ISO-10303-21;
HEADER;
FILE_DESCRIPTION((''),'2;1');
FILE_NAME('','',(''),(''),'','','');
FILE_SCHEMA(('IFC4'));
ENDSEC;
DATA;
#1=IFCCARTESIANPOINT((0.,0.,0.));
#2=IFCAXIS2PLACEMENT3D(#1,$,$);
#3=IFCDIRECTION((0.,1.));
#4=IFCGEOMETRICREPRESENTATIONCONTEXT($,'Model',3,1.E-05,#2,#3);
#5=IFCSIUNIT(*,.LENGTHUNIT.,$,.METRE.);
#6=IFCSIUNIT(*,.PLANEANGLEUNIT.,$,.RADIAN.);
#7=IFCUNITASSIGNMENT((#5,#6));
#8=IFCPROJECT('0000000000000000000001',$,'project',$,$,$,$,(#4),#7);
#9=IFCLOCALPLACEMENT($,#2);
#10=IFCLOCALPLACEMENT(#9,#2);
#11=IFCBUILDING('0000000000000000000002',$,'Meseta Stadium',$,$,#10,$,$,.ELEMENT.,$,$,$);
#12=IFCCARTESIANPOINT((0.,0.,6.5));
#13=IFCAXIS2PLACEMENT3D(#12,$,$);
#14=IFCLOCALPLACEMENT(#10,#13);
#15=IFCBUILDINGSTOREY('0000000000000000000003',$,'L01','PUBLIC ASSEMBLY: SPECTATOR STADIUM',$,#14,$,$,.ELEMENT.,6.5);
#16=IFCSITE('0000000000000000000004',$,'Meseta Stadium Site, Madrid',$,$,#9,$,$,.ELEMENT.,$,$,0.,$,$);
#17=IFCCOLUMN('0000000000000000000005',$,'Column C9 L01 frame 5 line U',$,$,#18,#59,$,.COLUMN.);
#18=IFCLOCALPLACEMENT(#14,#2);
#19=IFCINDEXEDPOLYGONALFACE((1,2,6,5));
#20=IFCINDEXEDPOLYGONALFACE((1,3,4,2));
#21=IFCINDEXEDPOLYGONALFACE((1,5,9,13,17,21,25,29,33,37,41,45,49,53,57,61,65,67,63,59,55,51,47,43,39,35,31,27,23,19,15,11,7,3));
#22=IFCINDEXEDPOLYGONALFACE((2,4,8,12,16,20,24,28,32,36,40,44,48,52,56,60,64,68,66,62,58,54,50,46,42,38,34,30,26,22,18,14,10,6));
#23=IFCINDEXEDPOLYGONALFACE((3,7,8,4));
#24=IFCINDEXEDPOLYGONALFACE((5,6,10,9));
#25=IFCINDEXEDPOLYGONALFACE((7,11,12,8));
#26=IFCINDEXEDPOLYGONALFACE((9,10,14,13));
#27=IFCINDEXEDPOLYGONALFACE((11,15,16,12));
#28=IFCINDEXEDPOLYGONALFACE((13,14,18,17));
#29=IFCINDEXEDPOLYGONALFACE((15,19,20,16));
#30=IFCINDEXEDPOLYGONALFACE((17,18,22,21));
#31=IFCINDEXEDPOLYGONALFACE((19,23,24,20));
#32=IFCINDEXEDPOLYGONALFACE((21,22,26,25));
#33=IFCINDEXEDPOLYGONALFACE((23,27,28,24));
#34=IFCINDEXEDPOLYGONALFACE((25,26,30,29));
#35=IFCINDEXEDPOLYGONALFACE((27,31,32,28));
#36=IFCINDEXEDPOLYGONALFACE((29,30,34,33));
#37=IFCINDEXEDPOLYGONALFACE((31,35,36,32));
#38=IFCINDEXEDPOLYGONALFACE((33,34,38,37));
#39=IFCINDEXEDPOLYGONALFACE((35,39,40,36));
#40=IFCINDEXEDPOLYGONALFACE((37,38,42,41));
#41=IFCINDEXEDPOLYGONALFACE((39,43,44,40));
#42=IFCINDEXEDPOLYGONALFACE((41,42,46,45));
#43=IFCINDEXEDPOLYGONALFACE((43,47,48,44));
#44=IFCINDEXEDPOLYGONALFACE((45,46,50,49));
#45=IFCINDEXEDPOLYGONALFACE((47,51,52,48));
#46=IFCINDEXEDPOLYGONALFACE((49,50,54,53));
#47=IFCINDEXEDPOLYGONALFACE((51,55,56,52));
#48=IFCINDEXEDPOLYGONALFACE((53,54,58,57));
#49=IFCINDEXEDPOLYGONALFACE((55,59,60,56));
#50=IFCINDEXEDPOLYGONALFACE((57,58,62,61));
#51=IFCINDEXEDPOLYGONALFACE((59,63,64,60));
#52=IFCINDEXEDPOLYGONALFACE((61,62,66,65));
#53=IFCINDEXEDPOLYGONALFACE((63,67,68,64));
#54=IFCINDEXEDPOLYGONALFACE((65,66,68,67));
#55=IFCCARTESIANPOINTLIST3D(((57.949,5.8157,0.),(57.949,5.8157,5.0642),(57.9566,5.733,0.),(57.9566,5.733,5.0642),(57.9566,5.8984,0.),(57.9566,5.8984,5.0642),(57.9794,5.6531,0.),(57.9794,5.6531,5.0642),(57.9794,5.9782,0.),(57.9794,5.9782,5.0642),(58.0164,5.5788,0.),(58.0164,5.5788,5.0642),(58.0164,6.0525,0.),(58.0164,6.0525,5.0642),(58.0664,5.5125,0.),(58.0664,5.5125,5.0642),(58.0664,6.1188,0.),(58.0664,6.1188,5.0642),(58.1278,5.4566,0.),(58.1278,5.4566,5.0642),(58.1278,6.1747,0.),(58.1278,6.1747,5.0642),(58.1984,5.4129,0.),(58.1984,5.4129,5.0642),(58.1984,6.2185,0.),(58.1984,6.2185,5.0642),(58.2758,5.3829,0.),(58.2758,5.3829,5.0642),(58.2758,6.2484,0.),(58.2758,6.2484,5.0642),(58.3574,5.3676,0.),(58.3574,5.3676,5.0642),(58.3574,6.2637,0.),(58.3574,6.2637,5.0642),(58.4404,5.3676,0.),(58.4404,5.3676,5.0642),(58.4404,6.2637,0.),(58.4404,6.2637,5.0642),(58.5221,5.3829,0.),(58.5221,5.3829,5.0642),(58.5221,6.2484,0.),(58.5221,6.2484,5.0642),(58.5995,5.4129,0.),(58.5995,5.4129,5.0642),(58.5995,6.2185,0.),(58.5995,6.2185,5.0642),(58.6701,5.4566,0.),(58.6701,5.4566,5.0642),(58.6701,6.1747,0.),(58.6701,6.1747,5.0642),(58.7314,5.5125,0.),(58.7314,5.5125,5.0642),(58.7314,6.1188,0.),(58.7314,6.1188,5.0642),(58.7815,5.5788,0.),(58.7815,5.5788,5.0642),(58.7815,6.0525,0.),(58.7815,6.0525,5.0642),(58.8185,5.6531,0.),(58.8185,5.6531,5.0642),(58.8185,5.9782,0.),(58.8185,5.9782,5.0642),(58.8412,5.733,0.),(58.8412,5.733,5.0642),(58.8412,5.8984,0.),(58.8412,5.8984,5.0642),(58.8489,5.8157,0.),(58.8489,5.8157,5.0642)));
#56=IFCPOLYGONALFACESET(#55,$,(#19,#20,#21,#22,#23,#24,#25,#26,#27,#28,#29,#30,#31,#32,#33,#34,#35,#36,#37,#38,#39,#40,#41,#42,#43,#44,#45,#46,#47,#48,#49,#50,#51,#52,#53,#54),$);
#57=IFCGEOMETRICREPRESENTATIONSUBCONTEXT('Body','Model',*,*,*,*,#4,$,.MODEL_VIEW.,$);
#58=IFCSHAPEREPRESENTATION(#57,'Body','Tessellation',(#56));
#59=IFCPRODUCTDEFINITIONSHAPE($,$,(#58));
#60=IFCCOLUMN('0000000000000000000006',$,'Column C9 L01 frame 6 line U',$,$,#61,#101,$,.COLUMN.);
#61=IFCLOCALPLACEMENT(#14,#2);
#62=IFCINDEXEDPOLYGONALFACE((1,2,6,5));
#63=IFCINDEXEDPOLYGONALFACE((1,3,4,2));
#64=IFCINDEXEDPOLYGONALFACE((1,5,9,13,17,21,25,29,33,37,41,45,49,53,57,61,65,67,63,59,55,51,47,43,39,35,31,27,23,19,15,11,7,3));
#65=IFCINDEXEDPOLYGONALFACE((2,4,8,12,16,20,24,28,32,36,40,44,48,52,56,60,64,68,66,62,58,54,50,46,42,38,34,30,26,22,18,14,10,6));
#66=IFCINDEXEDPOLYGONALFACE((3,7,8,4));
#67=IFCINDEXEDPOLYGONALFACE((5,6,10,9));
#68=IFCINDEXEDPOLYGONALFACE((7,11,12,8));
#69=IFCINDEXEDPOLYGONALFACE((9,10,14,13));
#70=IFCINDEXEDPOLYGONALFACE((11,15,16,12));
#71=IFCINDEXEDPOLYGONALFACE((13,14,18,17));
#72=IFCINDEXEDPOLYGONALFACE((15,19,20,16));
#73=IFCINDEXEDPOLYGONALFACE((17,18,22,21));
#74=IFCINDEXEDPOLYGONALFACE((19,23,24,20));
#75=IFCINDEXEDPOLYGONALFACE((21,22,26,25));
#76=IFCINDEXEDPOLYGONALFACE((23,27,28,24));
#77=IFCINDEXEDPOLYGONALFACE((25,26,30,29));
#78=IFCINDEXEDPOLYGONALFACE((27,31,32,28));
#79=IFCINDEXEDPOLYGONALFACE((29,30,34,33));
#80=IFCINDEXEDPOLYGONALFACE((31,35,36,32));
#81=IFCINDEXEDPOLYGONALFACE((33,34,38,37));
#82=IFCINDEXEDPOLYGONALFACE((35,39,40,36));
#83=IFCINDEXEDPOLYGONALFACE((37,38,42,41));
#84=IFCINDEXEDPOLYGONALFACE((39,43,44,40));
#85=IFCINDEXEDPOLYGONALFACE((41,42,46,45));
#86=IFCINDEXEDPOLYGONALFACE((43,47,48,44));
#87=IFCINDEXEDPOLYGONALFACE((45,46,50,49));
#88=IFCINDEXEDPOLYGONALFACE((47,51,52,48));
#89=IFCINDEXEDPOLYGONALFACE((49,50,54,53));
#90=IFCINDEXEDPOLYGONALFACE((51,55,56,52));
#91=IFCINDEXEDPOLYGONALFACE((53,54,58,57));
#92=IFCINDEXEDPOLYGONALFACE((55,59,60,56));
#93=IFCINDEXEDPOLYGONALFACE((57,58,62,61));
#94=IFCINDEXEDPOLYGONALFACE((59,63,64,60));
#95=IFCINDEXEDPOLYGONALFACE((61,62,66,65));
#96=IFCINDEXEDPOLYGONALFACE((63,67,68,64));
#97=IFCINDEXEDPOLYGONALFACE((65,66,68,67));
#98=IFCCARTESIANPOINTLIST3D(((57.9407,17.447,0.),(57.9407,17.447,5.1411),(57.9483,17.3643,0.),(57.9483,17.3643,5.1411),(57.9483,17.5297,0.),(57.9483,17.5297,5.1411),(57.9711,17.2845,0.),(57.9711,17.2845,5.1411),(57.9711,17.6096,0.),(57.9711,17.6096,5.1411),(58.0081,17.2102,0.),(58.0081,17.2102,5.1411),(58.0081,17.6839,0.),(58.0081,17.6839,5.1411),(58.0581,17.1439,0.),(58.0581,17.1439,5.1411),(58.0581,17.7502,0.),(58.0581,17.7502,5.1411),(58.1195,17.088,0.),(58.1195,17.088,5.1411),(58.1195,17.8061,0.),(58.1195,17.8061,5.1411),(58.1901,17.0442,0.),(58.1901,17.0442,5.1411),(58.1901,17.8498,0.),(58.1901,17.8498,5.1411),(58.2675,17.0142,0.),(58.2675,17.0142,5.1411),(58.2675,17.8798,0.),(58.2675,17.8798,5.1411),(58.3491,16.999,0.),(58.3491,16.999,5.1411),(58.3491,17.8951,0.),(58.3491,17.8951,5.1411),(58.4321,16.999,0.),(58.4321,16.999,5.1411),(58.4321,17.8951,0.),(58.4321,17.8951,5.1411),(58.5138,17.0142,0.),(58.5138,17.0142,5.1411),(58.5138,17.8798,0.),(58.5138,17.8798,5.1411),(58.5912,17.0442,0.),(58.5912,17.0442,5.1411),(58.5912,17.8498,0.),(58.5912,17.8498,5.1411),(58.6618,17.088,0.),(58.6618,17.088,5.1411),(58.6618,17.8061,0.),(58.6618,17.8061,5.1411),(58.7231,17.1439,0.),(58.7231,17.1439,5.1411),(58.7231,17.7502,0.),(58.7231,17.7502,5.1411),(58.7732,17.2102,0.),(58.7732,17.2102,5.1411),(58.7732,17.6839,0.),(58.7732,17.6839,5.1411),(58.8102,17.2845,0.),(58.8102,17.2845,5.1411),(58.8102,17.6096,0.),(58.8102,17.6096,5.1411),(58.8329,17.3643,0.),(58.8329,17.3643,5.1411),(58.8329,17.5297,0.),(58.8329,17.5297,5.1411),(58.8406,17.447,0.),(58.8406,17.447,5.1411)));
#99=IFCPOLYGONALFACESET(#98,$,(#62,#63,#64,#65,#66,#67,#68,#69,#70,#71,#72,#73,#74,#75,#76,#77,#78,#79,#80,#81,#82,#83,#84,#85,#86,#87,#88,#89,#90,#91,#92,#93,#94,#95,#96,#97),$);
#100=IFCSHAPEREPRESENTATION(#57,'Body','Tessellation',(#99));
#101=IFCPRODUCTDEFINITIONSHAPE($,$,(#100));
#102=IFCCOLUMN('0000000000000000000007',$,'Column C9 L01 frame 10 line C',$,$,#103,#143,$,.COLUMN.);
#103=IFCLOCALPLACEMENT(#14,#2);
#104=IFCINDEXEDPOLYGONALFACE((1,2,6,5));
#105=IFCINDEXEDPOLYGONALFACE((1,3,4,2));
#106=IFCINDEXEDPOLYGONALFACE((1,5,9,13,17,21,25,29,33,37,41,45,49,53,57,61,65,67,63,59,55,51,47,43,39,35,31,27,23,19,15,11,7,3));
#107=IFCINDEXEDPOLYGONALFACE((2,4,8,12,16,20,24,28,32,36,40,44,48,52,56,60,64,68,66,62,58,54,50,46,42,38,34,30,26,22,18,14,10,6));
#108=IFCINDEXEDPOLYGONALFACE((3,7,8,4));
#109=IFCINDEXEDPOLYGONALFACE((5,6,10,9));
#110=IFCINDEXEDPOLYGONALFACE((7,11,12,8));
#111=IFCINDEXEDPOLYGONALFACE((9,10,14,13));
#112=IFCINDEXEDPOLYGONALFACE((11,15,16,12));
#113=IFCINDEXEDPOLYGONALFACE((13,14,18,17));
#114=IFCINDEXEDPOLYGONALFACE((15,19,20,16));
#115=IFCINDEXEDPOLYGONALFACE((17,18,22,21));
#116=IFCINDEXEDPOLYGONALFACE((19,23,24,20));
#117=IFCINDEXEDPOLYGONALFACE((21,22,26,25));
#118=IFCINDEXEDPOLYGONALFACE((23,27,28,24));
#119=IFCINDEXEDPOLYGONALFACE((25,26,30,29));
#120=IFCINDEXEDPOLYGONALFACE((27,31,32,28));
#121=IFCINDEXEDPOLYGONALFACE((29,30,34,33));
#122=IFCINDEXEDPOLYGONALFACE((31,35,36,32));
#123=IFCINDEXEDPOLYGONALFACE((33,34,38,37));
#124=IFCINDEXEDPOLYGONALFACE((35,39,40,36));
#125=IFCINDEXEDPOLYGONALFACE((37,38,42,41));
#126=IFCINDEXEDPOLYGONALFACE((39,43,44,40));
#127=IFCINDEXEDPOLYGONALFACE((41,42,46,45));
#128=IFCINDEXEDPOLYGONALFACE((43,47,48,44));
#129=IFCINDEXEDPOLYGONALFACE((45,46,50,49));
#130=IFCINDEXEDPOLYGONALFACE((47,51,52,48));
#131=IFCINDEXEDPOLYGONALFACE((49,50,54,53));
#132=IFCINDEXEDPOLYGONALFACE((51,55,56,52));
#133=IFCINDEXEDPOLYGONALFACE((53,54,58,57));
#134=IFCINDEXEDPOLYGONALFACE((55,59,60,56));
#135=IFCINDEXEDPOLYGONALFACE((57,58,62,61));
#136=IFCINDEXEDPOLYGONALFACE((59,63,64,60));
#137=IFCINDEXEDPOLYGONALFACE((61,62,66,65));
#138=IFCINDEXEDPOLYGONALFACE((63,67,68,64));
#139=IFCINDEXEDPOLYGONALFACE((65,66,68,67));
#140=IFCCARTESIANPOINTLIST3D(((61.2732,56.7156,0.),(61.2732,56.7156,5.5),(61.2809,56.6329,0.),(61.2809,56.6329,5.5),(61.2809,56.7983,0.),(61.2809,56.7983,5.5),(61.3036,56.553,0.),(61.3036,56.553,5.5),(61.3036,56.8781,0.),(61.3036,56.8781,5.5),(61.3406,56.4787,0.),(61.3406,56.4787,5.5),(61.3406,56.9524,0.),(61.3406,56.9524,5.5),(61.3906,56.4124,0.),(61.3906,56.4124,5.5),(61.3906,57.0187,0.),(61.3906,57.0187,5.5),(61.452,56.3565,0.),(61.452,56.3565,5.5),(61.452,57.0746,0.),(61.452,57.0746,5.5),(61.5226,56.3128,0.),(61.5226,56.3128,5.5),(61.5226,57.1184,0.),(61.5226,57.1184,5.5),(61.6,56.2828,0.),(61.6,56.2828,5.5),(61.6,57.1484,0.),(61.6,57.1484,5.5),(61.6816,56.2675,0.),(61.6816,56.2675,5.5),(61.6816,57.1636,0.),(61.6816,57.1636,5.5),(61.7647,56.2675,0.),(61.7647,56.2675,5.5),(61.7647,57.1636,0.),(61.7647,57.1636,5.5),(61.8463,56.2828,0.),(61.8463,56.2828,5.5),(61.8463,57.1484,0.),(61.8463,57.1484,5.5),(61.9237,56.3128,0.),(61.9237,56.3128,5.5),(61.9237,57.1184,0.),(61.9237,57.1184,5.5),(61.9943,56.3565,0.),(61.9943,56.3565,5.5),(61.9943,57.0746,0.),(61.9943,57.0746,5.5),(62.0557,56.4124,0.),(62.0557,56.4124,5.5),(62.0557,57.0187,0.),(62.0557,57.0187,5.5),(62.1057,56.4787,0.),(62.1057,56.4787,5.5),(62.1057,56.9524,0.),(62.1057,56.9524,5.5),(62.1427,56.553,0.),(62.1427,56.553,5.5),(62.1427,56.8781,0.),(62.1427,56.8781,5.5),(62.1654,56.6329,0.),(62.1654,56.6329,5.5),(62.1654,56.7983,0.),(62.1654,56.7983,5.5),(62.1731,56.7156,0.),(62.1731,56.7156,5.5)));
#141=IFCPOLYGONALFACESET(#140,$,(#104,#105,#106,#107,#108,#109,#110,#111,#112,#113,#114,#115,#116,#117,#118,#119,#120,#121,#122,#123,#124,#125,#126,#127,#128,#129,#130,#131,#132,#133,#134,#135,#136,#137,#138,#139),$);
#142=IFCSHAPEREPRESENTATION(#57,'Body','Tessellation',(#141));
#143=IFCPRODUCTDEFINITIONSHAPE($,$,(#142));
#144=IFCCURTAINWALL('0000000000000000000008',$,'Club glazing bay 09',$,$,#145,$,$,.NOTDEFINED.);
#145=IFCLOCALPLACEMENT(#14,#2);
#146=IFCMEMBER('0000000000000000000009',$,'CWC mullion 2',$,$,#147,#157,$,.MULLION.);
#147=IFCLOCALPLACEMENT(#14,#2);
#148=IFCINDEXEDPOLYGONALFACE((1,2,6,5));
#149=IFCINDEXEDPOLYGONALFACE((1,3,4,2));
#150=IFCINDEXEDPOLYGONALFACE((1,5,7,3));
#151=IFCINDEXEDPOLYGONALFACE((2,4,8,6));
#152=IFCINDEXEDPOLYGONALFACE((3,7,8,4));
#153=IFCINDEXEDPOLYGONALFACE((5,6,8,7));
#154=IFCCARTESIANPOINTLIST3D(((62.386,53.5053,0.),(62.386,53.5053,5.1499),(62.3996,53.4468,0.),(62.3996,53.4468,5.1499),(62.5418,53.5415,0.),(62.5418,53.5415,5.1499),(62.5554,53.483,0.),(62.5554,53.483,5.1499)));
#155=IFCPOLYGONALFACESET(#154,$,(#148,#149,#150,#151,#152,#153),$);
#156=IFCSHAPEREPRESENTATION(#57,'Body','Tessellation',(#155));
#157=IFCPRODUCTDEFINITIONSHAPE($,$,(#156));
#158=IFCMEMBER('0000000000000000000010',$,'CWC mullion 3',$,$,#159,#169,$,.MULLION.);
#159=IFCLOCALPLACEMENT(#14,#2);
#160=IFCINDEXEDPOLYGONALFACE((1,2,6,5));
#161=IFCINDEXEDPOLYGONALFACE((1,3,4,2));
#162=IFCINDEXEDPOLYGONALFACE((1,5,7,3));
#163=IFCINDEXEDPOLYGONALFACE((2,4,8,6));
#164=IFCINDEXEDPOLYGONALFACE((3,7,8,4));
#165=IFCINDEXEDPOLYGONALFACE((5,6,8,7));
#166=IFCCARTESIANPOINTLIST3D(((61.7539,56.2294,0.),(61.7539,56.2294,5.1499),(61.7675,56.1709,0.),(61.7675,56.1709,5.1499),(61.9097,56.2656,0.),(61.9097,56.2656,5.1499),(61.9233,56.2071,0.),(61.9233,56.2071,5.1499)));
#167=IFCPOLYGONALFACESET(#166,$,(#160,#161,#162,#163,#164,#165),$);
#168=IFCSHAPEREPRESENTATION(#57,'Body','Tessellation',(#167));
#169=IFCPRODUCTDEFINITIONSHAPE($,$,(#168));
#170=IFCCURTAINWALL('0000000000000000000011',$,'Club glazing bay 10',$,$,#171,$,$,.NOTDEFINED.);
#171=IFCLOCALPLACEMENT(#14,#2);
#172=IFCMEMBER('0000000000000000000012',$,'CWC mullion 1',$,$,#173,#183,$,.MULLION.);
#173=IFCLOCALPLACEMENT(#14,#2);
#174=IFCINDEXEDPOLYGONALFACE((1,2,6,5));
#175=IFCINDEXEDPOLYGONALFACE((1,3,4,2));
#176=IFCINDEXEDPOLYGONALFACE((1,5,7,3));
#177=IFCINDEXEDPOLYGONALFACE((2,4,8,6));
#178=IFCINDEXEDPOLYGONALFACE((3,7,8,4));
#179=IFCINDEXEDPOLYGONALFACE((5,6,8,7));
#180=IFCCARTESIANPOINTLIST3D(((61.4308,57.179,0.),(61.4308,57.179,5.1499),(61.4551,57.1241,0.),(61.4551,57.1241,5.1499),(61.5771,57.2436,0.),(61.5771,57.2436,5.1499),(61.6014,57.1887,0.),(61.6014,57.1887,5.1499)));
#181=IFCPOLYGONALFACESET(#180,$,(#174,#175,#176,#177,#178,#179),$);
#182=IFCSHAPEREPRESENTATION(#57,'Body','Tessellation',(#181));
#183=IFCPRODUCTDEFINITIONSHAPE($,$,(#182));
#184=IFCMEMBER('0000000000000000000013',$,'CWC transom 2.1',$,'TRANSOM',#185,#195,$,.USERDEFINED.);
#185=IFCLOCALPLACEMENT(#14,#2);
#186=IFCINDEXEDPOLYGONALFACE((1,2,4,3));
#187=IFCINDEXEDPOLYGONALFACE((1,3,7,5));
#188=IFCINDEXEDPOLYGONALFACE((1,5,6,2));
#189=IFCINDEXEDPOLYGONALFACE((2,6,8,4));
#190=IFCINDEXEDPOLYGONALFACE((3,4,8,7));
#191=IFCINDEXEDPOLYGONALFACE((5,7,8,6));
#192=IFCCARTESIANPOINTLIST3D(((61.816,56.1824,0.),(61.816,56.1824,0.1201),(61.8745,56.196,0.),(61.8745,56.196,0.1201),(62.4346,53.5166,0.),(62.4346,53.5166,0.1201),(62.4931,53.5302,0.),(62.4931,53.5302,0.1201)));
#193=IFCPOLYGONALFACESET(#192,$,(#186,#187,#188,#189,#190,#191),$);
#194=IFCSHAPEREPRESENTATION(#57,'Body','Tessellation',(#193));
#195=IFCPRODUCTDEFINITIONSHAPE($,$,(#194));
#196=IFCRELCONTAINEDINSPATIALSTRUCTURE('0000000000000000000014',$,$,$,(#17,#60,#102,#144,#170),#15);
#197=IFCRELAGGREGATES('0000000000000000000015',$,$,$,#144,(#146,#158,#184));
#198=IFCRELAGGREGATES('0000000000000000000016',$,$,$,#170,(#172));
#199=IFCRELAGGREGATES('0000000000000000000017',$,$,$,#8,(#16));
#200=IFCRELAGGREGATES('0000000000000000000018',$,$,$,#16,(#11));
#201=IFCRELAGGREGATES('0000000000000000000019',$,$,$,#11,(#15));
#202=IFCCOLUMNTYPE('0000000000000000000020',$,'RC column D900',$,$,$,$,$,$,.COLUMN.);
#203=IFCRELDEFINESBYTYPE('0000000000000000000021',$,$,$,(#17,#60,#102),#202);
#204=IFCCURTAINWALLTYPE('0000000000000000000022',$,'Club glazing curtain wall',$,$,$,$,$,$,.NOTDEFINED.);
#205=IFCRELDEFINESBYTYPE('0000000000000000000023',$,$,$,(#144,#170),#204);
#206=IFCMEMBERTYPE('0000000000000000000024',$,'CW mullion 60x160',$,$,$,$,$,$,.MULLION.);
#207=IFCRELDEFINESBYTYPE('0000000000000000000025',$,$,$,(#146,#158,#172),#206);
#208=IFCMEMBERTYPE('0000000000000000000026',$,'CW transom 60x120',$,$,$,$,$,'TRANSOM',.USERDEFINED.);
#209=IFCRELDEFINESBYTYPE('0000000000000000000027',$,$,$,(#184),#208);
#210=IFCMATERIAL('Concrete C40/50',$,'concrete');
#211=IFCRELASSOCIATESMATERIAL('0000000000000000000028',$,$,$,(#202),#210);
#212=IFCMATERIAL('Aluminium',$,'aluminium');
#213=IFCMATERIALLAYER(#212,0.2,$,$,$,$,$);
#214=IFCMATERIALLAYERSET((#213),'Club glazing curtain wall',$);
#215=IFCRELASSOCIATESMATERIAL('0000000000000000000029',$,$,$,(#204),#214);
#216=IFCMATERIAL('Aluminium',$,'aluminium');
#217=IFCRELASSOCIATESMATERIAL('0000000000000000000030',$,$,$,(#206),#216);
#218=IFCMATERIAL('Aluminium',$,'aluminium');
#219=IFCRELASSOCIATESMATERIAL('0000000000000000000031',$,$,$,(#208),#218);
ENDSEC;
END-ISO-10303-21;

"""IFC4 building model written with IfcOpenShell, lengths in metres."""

from ifc_helpers import new_model, si_unit, direction, frame, origin, origin_2d, place, context, subcontext, project, spatial, rectangle, circle, extrude, material, layer, layer_set, material_profile, profile_set, type_object, element, aggregate, save


model = new_model("IFC4")

# Units and contexts
model_context = context("Model", 3, precision=1e-05, world=origin(), true_north=direction((0.0, 1.0)))
body_context = subcontext(model_context, "Body", "Model", "MODEL_VIEW")
ifc_project = project(units=[si_unit("LENGTHUNIT", "METRE"), si_unit("PLANEANGLEUNIT", "RADIAN")], contexts=[model_context])

# Site, building, storey
site_placement = place(None, origin())
site = spatial("IfcSite", under=ifc_project, at=site_placement, Name="Meseta Stadium Site, Madrid", CompositionType="ELEMENT", RefElevation=0.0)
building_placement = place(site_placement, origin())
building = spatial("IfcBuilding", under=site, at=building_placement, Name="Meseta Stadium", CompositionType="ELEMENT")
storey_placement = place(building_placement, frame((0.0, 0.0, 6.5)))
storey = spatial("IfcBuildingStorey", under=building, at=storey_placement, Name="L01", Description="PUBLIC ASSEMBLY: SPECTATOR STADIUM", CompositionType="ELEMENT", Elevation=6.5)

# Columns
ifc_material_1 = material(Name="Concrete C40/50", Category="concrete")
ifc_material_profile_1 = material_profile(ifc_material_1, circle(Radius=0.45, at=origin_2d()), Name="RC D900")
ifc_profile_set_1 = profile_set([ifc_material_profile_1], Name="Concrete C40/50")
column_type = type_object("IfcColumnType", Name="RC column D900", PredefinedType="COLUMN", material=ifc_profile_set_1)
column_1_placement = place(storey_placement, frame((58.3989, 5.8157, 0.0), z_axis=(0.0, 0.0, 1.0), x_axis=(1.0, 0.0, 0.0)))
element("IfcColumn", 1, at=column_1_placement, inside=storey, type_object=column_type, Name="Column C9 L01 frame 5 line U", PredefinedType="COLUMN", context=body_context, shape_type="SweptSolid", body=[
    extrude(circle(Radius=0.45, at=origin_2d()), origin(), (0.0, 0.0, 1.0), 5.0642),
])
column_2_placement = place(storey_placement, frame((58.3906, 17.447, 0.0), z_axis=(0.0, 0.0, 1.0), x_axis=(1.0, 0.0, 0.0)))
element("IfcColumn", 2, at=column_2_placement, inside=storey, type_object=column_type, Name="Column C9 L01 frame 6 line U", PredefinedType="COLUMN", context=body_context, shape_type="SweptSolid", body=[
    extrude(circle(Radius=0.45, at=origin_2d()), origin(), (0.0, 0.0, 1.0), 5.1411),
])
column_3_placement = place(storey_placement, frame((61.7231, 56.7156, 0.0), z_axis=(0.0, 0.0, 1.0), x_axis=(1.0, 0.0, 0.0)))
element("IfcColumn", 3, at=column_3_placement, inside=storey, type_object=column_type, Name="Column C9 L01 frame 10 line C", PredefinedType="COLUMN", context=body_context, shape_type="SweptSolid", body=[
    extrude(circle(Radius=0.45, at=origin_2d()), origin(), (0.0, 0.0, 1.0), 5.5),
])

# Curtain wall, members
ifc_material_2 = material(Name="Aluminium", Category="aluminium")
ifc_layer_1 = layer(ifc_material_2, 0.2)
ifc_layer_set_1 = layer_set([ifc_layer_1], Name="Club glazing curtain wall")
curtain_wall_type = type_object("IfcCurtainWallType", Name="Club glazing curtain wall", PredefinedType="NOTDEFINED", material=ifc_layer_set_1)
curtain_wall_1_placement = place(storey_placement, origin())
curtain_wall_1 = element("IfcCurtainWall", 4, at=curtain_wall_1_placement, inside=storey, type_object=curtain_wall_type, Name="Club glazing bay 09", PredefinedType="NOTDEFINED")
ifc_material_3 = material(Name="Aluminium", Category="aluminium")
ifc_material_profile_2 = material_profile(ifc_material_3, rectangle(XDim=0.1599, YDim=0.0601, at=origin_2d()), Name="CW 160x60")
ifc_profile_set_2 = profile_set([ifc_material_profile_2], Name="Aluminium")
member_type_1 = type_object("IfcMemberType", Name="CW mullion 60x160", PredefinedType="MULLION", material=ifc_profile_set_2)
member_1_placement = place(storey_placement, frame((62.4707, 53.4941, 0.0), z_axis=(0.0, 0.0, 1.0), x_axis=(-0.974116, -0.226048, 0.0)))
member_1 = element("IfcMember", 5, at=member_1_placement, type_object=member_type_1, Name="CWC mullion 2", PredefinedType="MULLION", context=body_context, shape_type="SweptSolid", body=[
    extrude(rectangle(XDim=0.1599, YDim=0.0601, at=origin_2d()), origin(), (0.0, 0.0, 1.0), 5.1499),
])
member_2_placement = place(storey_placement, frame((61.8386, 56.2183, 0.0), z_axis=(0.0, 0.0, 1.0), x_axis=(-0.974116, -0.226048, 0.0)))
member_2 = element("IfcMember", 6, at=member_2_placement, type_object=member_type_1, Name="CWC mullion 3", PredefinedType="MULLION", context=body_context, shape_type="SweptSolid", body=[
    extrude(rectangle(XDim=0.1599, YDim=0.0601, at=origin_2d()), origin(), (0.0, 0.0, 1.0), 5.1499),
])

# Curtain wall, member
curtain_wall_2_placement = place(storey_placement, origin())
curtain_wall_2 = element("IfcCurtainWall", 7, at=curtain_wall_2_placement, inside=storey, type_object=curtain_wall_type, Name="Club glazing bay 10", PredefinedType="NOTDEFINED")
member_3_placement = place(storey_placement, frame((61.5161, 57.1838, 0.0), z_axis=(0.0, 0.0, 1.0), x_axis=(-0.914657, -0.40423, 0.0)))
member_3 = element("IfcMember", 8, at=member_3_placement, type_object=member_type_1, Name="CWC mullion 1", PredefinedType="MULLION", context=body_context, shape_type="SweptSolid", body=[
    extrude(rectangle(XDim=0.1599, YDim=0.0601, at=origin_2d()), origin(), (0.0, 0.0, 1.0), 5.1499),
])

# Member
ifc_material_4 = material(Name="Aluminium", Category="aluminium")
ifc_material_profile_3 = material_profile(ifc_material_4, rectangle(XDim=0.0601, YDim=0.1201, at=origin_2d()), Name="CW 60x120")
ifc_profile_set_3 = profile_set([ifc_material_profile_3], Name="Aluminium")
member_type_2 = type_object("IfcMemberType", Name="CW transom 60x120", ElementType="TRANSOM", PredefinedType="USERDEFINED", material=ifc_profile_set_3)
member_4_placement = place(storey_placement, frame((62.4639, 53.5234, 0.0601), z_axis=(-0.226065, 0.974112, 0.0), x_axis=(-0.974112, -0.226065, 0.0)))
member_4 = element("IfcMember", 9, at=member_4_placement, type_object=member_type_2, Name="CWC transom 2.1", ObjectType="TRANSOM", PredefinedType="USERDEFINED", context=body_context, shape_type="SweptSolid", body=[
    extrude(rectangle(XDim=0.0601, YDim=0.1201, at=origin_2d()), origin(), (0.0, 0.0, 1.0), 2.7366),
])

aggregate(curtain_wall_1, [member_1, member_2, member_4])
aggregate(curtain_wall_2, [member_3])

save(model, "model.ifc")
